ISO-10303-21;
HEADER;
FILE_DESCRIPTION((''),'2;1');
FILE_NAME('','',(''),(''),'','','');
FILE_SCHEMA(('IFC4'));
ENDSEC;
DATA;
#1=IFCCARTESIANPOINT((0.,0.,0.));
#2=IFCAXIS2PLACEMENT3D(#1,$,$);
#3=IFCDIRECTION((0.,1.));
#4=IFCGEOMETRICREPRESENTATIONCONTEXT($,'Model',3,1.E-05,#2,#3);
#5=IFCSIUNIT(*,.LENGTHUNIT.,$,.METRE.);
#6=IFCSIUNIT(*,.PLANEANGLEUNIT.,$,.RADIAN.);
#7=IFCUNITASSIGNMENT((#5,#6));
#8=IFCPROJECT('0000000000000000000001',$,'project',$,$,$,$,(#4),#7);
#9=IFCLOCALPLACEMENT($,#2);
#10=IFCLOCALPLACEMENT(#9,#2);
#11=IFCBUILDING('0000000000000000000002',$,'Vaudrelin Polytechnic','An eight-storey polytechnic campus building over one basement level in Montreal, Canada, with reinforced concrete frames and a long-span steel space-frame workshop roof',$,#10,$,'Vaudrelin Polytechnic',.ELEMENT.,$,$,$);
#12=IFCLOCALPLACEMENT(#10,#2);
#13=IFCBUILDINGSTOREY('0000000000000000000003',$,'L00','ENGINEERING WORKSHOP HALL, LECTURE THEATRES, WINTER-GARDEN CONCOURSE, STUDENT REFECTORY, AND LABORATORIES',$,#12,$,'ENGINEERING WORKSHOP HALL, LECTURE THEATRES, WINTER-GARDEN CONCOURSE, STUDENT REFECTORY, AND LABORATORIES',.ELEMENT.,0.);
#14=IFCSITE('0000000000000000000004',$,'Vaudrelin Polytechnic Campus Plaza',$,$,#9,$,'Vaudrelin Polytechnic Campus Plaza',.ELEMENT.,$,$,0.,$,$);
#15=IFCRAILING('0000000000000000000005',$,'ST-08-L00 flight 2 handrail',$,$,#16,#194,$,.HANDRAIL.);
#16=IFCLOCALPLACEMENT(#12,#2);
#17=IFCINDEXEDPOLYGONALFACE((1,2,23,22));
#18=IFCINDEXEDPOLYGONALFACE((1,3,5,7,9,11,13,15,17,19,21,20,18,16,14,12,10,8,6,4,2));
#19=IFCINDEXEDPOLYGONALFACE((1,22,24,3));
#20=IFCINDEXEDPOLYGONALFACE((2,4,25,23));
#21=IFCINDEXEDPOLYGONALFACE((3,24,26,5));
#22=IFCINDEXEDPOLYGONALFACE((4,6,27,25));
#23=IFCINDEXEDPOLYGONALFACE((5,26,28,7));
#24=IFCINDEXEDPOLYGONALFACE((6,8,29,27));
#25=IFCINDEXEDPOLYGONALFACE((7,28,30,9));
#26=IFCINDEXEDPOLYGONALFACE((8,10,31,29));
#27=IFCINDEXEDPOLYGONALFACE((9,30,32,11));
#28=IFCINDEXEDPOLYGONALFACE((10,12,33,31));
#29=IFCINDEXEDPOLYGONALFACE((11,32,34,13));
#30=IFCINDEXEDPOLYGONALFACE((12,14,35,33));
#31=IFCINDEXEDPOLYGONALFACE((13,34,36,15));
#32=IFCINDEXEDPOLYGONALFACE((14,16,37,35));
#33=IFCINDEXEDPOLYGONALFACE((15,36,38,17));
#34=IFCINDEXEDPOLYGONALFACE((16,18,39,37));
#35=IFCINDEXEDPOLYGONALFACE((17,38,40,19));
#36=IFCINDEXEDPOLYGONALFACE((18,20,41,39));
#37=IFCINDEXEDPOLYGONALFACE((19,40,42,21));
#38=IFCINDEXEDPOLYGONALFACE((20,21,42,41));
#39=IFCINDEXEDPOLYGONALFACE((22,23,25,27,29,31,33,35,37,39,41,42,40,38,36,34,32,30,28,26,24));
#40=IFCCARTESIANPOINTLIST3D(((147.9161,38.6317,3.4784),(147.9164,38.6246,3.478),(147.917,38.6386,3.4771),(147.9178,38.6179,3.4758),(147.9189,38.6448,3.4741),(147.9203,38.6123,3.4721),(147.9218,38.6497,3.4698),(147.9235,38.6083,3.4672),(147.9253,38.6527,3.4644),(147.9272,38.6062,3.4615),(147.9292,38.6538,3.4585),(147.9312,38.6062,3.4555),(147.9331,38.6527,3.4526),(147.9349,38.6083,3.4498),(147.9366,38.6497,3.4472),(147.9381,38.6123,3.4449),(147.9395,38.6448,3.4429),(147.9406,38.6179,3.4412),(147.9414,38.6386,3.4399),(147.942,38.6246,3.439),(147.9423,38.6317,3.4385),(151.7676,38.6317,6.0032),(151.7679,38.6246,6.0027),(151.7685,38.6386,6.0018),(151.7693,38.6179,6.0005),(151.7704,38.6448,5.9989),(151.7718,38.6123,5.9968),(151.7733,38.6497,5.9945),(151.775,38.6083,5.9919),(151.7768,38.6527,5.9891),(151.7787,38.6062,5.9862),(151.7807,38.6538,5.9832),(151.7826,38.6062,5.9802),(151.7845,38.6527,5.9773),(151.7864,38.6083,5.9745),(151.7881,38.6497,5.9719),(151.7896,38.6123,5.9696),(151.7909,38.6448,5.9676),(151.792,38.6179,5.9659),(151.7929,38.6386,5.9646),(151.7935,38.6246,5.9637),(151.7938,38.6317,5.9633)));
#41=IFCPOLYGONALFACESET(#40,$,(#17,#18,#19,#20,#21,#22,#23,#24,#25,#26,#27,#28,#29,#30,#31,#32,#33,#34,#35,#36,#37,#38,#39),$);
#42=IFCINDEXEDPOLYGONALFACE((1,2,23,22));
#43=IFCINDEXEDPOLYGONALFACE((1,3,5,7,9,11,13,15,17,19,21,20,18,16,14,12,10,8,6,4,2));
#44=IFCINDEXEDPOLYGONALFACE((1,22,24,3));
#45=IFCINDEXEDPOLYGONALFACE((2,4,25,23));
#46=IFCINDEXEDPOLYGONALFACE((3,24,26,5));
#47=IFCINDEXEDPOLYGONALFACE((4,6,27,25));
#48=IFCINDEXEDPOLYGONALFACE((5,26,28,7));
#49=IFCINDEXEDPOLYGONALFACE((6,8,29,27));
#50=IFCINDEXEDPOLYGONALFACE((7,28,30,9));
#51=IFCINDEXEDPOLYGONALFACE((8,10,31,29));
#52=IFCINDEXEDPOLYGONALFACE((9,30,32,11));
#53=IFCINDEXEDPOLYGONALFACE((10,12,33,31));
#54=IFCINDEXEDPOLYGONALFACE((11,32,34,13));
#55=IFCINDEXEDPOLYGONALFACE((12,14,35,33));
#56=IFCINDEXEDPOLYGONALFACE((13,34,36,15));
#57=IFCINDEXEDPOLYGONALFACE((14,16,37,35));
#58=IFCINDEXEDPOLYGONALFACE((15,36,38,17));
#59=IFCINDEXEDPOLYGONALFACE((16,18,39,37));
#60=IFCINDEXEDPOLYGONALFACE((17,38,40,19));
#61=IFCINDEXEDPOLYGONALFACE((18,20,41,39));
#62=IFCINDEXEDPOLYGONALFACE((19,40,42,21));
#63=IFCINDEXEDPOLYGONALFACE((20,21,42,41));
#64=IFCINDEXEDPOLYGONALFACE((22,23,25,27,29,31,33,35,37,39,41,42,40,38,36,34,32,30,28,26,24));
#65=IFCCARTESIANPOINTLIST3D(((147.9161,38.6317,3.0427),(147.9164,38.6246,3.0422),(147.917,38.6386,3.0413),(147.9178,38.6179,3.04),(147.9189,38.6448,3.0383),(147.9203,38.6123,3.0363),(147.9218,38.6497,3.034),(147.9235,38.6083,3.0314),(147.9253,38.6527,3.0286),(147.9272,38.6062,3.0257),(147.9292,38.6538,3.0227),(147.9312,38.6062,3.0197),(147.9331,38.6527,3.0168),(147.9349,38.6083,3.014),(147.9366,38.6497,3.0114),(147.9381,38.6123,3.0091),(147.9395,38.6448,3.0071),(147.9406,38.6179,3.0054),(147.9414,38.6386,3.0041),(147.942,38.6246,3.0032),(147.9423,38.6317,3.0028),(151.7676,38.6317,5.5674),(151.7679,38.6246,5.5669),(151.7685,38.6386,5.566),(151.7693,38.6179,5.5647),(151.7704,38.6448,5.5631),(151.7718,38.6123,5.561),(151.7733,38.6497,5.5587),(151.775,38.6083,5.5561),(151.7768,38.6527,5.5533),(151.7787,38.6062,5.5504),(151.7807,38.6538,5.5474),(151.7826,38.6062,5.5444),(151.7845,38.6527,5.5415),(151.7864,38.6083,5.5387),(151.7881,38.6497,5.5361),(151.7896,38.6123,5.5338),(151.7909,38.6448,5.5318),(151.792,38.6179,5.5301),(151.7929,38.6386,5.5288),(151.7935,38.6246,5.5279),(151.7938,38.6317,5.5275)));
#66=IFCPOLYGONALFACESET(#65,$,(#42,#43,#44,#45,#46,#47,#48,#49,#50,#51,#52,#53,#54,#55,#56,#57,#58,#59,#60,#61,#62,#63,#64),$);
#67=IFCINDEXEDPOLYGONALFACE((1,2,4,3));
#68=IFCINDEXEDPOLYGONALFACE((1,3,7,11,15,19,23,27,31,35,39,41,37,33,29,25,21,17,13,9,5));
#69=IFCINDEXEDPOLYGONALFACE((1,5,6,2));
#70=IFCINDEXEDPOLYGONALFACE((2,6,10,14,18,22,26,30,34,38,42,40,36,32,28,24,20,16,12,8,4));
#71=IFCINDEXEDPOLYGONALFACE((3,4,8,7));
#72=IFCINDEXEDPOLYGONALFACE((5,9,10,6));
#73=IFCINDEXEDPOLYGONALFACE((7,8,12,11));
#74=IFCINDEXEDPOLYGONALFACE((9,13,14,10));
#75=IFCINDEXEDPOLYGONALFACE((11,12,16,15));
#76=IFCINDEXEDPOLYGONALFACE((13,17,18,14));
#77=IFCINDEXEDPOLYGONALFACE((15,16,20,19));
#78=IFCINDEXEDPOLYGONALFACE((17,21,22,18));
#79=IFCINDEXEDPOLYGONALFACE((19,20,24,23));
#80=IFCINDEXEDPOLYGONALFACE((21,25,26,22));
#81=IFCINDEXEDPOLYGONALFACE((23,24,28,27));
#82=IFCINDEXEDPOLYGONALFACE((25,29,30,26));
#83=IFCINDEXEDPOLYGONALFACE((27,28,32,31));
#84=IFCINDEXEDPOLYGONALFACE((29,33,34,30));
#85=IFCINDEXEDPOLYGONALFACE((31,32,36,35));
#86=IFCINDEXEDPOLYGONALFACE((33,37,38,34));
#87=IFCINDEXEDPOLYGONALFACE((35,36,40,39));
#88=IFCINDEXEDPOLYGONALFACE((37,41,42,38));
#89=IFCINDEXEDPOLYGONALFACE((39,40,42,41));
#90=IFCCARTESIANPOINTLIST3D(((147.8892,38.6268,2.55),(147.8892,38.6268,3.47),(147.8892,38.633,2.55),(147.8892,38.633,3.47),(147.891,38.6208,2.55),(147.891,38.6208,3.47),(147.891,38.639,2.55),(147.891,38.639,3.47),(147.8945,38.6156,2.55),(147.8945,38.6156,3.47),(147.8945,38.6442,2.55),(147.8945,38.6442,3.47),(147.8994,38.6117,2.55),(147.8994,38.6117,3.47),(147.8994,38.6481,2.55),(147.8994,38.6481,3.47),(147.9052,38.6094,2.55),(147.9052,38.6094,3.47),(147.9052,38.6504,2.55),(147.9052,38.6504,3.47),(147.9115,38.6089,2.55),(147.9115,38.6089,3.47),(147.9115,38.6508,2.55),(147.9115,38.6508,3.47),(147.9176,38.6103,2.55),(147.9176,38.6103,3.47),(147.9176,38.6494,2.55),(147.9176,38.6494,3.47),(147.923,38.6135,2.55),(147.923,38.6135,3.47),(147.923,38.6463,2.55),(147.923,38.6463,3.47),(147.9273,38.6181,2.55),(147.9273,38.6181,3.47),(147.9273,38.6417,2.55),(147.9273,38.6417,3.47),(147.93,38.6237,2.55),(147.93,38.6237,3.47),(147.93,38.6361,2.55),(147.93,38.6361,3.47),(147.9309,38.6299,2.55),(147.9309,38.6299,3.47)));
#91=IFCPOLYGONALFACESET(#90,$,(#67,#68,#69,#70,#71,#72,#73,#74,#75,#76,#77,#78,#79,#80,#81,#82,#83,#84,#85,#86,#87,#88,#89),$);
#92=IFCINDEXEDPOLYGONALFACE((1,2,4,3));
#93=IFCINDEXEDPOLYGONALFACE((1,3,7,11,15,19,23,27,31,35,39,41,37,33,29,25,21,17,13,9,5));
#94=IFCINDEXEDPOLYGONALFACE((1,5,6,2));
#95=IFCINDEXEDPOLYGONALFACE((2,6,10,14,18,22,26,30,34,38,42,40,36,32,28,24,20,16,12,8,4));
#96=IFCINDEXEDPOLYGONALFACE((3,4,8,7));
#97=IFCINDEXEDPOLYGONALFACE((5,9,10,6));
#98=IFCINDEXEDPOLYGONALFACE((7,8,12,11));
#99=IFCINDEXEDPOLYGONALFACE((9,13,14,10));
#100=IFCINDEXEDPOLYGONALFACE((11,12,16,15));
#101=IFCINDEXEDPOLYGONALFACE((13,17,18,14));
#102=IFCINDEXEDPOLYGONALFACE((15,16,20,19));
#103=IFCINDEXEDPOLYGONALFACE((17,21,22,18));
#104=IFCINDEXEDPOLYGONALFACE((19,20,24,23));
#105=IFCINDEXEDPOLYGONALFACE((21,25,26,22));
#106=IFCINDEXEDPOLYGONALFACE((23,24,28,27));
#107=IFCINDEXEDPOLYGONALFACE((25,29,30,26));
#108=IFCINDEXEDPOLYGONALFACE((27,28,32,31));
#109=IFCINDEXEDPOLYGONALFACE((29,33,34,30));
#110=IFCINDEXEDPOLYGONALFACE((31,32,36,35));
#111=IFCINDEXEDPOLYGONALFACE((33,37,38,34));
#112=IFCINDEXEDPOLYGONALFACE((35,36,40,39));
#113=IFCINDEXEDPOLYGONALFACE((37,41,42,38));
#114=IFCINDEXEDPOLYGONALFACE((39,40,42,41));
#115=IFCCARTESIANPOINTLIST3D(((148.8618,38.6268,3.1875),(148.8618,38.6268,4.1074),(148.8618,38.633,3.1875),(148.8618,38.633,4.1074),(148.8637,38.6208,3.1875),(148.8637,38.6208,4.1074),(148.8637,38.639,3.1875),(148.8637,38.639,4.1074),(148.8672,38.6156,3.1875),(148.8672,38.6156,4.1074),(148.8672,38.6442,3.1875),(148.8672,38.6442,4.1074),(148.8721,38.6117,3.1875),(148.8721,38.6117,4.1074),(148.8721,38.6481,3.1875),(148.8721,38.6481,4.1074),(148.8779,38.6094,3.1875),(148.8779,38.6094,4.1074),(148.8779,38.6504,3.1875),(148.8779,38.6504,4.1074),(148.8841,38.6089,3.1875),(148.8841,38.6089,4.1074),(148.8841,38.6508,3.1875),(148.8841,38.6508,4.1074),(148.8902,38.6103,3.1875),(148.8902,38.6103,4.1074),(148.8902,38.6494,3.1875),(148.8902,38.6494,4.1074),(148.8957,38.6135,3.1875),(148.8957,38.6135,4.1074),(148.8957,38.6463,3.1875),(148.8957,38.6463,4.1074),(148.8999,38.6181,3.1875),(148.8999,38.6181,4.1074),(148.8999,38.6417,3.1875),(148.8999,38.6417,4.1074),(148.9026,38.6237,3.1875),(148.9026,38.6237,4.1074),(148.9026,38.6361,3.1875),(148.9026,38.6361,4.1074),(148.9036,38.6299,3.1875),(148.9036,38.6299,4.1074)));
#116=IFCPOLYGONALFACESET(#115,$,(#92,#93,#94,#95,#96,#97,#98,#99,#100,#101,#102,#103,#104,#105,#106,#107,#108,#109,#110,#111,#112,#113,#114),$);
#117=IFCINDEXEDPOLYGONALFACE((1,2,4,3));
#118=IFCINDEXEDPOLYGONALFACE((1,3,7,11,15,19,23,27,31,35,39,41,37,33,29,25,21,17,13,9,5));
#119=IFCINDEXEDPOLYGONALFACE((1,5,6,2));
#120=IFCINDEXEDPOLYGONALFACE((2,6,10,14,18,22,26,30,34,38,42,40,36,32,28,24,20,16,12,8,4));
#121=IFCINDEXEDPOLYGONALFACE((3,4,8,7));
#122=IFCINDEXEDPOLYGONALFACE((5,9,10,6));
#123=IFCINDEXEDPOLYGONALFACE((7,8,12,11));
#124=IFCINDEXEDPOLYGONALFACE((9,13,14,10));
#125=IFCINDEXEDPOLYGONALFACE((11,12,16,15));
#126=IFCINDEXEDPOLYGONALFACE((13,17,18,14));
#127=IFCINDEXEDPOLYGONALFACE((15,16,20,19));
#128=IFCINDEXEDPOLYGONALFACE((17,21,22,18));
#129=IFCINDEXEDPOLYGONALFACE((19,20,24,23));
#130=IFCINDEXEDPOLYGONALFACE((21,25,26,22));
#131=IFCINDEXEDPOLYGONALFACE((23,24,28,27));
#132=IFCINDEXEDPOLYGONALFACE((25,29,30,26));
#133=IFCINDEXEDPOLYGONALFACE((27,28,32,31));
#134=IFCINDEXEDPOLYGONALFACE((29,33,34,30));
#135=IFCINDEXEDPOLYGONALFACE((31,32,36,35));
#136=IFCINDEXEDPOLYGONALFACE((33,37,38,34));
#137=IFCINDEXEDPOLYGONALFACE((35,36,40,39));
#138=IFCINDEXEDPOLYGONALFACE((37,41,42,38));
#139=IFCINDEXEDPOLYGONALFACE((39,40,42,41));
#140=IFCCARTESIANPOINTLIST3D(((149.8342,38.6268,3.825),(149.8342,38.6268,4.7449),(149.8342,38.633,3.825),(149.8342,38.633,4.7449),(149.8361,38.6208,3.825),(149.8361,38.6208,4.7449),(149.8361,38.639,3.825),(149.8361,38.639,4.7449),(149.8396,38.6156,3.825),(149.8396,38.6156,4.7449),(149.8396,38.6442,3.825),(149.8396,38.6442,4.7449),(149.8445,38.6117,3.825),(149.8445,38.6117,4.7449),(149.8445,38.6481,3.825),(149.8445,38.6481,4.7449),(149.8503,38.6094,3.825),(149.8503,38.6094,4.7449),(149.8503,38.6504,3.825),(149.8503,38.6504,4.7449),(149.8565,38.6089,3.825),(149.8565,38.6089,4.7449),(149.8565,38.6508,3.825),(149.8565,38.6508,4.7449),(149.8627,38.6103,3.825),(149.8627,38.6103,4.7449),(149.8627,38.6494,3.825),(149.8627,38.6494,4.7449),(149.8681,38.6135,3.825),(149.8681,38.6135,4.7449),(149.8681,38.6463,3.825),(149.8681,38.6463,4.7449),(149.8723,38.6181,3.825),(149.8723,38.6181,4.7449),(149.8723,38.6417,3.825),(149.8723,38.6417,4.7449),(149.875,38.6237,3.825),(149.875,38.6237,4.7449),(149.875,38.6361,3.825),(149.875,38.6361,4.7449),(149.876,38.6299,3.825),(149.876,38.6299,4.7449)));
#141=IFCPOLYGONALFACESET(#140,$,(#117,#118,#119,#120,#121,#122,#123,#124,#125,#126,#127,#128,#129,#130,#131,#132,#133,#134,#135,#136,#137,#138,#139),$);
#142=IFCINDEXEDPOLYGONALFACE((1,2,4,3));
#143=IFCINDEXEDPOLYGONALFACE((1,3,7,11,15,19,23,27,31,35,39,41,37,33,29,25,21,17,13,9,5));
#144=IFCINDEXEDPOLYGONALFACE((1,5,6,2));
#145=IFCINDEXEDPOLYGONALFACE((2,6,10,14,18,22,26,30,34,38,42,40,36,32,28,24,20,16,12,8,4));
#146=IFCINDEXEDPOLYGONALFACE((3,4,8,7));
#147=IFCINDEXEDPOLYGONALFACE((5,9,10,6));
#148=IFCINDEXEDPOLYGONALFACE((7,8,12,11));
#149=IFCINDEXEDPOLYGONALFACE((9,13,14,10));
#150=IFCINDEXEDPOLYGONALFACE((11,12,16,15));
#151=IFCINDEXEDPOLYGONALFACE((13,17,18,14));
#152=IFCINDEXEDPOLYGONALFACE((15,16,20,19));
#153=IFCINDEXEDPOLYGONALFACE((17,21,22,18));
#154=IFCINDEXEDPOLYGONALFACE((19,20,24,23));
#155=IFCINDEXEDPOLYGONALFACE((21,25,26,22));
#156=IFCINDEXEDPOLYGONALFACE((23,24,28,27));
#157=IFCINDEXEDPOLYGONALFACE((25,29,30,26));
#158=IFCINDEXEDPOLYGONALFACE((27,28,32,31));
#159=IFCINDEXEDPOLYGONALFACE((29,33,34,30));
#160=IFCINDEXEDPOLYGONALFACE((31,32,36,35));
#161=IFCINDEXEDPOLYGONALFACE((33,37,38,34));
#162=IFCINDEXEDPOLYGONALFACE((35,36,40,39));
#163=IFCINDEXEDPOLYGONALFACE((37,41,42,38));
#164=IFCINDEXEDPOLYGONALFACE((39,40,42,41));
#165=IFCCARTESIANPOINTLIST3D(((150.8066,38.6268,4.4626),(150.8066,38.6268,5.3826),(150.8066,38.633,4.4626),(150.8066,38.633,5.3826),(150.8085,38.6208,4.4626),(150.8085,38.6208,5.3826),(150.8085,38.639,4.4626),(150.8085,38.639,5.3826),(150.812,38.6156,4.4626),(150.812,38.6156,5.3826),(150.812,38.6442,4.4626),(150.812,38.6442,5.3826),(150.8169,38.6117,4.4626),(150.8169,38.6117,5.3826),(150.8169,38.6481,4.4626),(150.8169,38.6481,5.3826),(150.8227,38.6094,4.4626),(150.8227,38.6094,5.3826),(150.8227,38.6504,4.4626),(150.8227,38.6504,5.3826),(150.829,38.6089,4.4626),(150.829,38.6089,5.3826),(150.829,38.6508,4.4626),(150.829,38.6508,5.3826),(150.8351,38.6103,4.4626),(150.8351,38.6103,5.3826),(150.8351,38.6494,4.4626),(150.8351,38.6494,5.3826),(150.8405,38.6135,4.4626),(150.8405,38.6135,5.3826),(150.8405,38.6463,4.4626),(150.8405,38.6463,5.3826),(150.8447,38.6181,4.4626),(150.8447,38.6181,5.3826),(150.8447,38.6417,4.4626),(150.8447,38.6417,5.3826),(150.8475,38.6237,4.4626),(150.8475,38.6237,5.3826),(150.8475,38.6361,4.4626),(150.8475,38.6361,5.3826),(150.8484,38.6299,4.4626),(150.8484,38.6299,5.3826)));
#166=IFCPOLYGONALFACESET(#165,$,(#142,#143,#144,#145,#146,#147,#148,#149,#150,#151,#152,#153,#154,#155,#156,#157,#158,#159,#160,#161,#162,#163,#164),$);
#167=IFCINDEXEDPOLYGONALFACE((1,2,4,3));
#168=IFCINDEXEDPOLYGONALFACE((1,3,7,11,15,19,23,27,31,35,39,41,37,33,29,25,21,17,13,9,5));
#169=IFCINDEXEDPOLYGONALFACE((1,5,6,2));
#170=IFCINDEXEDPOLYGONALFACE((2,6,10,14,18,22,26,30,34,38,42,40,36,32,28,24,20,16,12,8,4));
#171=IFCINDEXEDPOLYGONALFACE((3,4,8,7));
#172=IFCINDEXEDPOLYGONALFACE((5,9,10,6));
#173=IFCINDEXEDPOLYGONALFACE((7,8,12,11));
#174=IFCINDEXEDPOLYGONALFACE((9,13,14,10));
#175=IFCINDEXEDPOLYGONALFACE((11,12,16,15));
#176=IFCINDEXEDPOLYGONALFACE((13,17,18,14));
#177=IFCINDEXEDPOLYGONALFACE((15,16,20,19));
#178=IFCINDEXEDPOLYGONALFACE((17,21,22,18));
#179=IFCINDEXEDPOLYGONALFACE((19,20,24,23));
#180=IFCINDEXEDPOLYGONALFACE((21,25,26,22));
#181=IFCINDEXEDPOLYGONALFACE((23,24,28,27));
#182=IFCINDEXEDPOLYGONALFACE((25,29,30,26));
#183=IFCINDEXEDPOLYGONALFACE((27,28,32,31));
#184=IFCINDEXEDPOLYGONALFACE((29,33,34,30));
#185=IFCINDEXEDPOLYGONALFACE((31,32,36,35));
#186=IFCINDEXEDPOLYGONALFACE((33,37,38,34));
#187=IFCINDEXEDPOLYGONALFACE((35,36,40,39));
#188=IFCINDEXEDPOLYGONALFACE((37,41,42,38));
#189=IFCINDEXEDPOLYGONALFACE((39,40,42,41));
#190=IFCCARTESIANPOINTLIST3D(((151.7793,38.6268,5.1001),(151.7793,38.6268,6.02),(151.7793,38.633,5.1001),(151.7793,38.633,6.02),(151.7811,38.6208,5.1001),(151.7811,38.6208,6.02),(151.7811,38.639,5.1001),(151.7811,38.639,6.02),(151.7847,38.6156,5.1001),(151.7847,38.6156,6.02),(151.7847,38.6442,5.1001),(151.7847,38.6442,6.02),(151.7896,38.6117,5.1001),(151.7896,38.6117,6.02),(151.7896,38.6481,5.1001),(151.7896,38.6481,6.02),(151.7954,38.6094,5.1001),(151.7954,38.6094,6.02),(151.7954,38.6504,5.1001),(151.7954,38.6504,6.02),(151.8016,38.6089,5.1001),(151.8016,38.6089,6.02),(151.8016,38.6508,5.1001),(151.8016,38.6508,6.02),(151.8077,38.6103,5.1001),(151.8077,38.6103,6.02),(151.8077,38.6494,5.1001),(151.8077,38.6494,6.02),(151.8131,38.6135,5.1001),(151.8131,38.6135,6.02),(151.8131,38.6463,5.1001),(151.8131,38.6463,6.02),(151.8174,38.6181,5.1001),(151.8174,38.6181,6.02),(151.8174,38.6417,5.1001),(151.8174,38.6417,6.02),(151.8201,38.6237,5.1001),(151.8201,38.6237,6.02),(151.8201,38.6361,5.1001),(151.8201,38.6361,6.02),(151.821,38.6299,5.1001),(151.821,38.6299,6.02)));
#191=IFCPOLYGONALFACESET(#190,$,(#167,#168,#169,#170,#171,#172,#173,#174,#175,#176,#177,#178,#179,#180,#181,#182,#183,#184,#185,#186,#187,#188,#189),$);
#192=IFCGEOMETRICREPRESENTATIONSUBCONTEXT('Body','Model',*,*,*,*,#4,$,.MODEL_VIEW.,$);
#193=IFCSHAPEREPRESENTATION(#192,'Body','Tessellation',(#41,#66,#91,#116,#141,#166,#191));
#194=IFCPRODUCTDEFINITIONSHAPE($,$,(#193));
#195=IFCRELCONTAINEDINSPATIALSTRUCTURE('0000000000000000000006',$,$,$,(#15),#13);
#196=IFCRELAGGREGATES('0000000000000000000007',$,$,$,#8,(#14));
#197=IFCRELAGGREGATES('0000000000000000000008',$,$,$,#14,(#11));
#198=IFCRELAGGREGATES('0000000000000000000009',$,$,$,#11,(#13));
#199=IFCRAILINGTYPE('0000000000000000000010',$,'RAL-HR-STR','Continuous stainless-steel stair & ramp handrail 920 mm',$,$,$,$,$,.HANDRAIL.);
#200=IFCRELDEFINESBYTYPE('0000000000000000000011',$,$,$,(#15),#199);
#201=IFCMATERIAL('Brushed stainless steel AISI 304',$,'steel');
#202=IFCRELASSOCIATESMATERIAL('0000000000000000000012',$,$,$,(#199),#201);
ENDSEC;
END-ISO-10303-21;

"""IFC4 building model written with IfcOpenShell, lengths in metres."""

from ifc_helpers import new_model, si_unit, direction, frame, origin, origin_2d, place, context, subcontext, project, spatial, circle, extrude, material, type_object, element, save


model = new_model("IFC4")

# Units and contexts
model_context = context("Model", 3, precision=1e-05, world=origin(), true_north=direction((0.0, 1.0)))
body_context = subcontext(model_context, "Body", "Model", "MODEL_VIEW")
ifc_project = project(units=[si_unit("LENGTHUNIT", "METRE"), si_unit("PLANEANGLEUNIT", "RADIAN")], contexts=[model_context])

# Site, building, storey
site_placement = place(None, origin())
site = spatial("IfcSite", under=ifc_project, at=site_placement, Name="Vaudrelin Polytechnic Campus Plaza", LongName="Vaudrelin Polytechnic Campus Plaza", CompositionType="ELEMENT", RefElevation=0.0)
building_placement = place(site_placement, origin())
building = spatial("IfcBuilding", under=site, at=building_placement, Name="Vaudrelin Polytechnic", Description="An eight-storey polytechnic campus building over one basement level in Montreal, Canada, with reinforced concrete frames and a long-span steel space-frame workshop roof", LongName="Vaudrelin Polytechnic", CompositionType="ELEMENT")
storey_placement = place(building_placement, origin())
storey = spatial("IfcBuildingStorey", under=building, at=storey_placement, Name="L00", Description="ENGINEERING WORKSHOP HALL, LECTURE THEATRES, WINTER-GARDEN CONCOURSE, STUDENT REFECTORY, AND LABORATORIES", LongName="ENGINEERING WORKSHOP HALL, LECTURE THEATRES, WINTER-GARDEN CONCOURSE, STUDENT REFECTORY, AND LABORATORIES", CompositionType="ELEMENT", Elevation=0.0)

# Railing
ifc_material_1 = material(Name="Brushed stainless steel AISI 304", Category="steel")
railing_type_1 = type_object("IfcRailingType", Name="RAL-HR-STR", Description="Continuous stainless-steel stair & ramp handrail 920 mm", PredefinedType="HANDRAIL", material=ifc_material_1)
railing_1_placement = place(storey_placement, frame((147.9099, 38.6299, 2.55)))
element("IfcRailing", 1, at=railing_1_placement, inside=storey, type_object=railing_type_1, Name="ST-08-L00 flight 2 handrail", PredefinedType="HANDRAIL", context=body_context, shape_type="SweptSolid", body=[
    extrude(circle(Radius=0.0239, at=origin_2d()), frame((0.0193, 0.0, 0.9084), z_axis=(0.836329, 0.0, 0.548228), x_axis=(0.0, 1.0, 0.0)), (0.0, 0.0, 1.0), 4.6052),
    extrude(circle(Radius=0.0239, at=origin_2d()), frame((0.0193, 0.0, 0.4727), z_axis=(0.836329, 0.0, 0.548228), x_axis=(0.0, 1.0, 0.0)), (0.0, 0.0, 1.0), 4.6052),
    extrude(circle(Radius=0.021, at=origin_2d()), origin(), (0.0, 0.0, 1.0), 0.9199),
    extrude(circle(Radius=0.021, at=origin_2d()), frame((0.9727, 0.0, 0.6375)), (0.0, 0.0, 1.0), 0.9199),
    extrude(circle(Radius=0.021, at=origin_2d()), frame((1.9451, 0.0, 1.2749)), (0.0, 0.0, 1.0), 0.9199),
    extrude(circle(Radius=0.021, at=origin_2d()), frame((2.9175, 0.0, 1.9126)), (0.0, 0.0, 1.0), 0.9199),
    extrude(circle(Radius=0.021, at=origin_2d()), frame((3.8901, 0.0, 2.55)), (0.0, 0.0, 1.0), 0.9199),
])

save(model, "model.ifc")
